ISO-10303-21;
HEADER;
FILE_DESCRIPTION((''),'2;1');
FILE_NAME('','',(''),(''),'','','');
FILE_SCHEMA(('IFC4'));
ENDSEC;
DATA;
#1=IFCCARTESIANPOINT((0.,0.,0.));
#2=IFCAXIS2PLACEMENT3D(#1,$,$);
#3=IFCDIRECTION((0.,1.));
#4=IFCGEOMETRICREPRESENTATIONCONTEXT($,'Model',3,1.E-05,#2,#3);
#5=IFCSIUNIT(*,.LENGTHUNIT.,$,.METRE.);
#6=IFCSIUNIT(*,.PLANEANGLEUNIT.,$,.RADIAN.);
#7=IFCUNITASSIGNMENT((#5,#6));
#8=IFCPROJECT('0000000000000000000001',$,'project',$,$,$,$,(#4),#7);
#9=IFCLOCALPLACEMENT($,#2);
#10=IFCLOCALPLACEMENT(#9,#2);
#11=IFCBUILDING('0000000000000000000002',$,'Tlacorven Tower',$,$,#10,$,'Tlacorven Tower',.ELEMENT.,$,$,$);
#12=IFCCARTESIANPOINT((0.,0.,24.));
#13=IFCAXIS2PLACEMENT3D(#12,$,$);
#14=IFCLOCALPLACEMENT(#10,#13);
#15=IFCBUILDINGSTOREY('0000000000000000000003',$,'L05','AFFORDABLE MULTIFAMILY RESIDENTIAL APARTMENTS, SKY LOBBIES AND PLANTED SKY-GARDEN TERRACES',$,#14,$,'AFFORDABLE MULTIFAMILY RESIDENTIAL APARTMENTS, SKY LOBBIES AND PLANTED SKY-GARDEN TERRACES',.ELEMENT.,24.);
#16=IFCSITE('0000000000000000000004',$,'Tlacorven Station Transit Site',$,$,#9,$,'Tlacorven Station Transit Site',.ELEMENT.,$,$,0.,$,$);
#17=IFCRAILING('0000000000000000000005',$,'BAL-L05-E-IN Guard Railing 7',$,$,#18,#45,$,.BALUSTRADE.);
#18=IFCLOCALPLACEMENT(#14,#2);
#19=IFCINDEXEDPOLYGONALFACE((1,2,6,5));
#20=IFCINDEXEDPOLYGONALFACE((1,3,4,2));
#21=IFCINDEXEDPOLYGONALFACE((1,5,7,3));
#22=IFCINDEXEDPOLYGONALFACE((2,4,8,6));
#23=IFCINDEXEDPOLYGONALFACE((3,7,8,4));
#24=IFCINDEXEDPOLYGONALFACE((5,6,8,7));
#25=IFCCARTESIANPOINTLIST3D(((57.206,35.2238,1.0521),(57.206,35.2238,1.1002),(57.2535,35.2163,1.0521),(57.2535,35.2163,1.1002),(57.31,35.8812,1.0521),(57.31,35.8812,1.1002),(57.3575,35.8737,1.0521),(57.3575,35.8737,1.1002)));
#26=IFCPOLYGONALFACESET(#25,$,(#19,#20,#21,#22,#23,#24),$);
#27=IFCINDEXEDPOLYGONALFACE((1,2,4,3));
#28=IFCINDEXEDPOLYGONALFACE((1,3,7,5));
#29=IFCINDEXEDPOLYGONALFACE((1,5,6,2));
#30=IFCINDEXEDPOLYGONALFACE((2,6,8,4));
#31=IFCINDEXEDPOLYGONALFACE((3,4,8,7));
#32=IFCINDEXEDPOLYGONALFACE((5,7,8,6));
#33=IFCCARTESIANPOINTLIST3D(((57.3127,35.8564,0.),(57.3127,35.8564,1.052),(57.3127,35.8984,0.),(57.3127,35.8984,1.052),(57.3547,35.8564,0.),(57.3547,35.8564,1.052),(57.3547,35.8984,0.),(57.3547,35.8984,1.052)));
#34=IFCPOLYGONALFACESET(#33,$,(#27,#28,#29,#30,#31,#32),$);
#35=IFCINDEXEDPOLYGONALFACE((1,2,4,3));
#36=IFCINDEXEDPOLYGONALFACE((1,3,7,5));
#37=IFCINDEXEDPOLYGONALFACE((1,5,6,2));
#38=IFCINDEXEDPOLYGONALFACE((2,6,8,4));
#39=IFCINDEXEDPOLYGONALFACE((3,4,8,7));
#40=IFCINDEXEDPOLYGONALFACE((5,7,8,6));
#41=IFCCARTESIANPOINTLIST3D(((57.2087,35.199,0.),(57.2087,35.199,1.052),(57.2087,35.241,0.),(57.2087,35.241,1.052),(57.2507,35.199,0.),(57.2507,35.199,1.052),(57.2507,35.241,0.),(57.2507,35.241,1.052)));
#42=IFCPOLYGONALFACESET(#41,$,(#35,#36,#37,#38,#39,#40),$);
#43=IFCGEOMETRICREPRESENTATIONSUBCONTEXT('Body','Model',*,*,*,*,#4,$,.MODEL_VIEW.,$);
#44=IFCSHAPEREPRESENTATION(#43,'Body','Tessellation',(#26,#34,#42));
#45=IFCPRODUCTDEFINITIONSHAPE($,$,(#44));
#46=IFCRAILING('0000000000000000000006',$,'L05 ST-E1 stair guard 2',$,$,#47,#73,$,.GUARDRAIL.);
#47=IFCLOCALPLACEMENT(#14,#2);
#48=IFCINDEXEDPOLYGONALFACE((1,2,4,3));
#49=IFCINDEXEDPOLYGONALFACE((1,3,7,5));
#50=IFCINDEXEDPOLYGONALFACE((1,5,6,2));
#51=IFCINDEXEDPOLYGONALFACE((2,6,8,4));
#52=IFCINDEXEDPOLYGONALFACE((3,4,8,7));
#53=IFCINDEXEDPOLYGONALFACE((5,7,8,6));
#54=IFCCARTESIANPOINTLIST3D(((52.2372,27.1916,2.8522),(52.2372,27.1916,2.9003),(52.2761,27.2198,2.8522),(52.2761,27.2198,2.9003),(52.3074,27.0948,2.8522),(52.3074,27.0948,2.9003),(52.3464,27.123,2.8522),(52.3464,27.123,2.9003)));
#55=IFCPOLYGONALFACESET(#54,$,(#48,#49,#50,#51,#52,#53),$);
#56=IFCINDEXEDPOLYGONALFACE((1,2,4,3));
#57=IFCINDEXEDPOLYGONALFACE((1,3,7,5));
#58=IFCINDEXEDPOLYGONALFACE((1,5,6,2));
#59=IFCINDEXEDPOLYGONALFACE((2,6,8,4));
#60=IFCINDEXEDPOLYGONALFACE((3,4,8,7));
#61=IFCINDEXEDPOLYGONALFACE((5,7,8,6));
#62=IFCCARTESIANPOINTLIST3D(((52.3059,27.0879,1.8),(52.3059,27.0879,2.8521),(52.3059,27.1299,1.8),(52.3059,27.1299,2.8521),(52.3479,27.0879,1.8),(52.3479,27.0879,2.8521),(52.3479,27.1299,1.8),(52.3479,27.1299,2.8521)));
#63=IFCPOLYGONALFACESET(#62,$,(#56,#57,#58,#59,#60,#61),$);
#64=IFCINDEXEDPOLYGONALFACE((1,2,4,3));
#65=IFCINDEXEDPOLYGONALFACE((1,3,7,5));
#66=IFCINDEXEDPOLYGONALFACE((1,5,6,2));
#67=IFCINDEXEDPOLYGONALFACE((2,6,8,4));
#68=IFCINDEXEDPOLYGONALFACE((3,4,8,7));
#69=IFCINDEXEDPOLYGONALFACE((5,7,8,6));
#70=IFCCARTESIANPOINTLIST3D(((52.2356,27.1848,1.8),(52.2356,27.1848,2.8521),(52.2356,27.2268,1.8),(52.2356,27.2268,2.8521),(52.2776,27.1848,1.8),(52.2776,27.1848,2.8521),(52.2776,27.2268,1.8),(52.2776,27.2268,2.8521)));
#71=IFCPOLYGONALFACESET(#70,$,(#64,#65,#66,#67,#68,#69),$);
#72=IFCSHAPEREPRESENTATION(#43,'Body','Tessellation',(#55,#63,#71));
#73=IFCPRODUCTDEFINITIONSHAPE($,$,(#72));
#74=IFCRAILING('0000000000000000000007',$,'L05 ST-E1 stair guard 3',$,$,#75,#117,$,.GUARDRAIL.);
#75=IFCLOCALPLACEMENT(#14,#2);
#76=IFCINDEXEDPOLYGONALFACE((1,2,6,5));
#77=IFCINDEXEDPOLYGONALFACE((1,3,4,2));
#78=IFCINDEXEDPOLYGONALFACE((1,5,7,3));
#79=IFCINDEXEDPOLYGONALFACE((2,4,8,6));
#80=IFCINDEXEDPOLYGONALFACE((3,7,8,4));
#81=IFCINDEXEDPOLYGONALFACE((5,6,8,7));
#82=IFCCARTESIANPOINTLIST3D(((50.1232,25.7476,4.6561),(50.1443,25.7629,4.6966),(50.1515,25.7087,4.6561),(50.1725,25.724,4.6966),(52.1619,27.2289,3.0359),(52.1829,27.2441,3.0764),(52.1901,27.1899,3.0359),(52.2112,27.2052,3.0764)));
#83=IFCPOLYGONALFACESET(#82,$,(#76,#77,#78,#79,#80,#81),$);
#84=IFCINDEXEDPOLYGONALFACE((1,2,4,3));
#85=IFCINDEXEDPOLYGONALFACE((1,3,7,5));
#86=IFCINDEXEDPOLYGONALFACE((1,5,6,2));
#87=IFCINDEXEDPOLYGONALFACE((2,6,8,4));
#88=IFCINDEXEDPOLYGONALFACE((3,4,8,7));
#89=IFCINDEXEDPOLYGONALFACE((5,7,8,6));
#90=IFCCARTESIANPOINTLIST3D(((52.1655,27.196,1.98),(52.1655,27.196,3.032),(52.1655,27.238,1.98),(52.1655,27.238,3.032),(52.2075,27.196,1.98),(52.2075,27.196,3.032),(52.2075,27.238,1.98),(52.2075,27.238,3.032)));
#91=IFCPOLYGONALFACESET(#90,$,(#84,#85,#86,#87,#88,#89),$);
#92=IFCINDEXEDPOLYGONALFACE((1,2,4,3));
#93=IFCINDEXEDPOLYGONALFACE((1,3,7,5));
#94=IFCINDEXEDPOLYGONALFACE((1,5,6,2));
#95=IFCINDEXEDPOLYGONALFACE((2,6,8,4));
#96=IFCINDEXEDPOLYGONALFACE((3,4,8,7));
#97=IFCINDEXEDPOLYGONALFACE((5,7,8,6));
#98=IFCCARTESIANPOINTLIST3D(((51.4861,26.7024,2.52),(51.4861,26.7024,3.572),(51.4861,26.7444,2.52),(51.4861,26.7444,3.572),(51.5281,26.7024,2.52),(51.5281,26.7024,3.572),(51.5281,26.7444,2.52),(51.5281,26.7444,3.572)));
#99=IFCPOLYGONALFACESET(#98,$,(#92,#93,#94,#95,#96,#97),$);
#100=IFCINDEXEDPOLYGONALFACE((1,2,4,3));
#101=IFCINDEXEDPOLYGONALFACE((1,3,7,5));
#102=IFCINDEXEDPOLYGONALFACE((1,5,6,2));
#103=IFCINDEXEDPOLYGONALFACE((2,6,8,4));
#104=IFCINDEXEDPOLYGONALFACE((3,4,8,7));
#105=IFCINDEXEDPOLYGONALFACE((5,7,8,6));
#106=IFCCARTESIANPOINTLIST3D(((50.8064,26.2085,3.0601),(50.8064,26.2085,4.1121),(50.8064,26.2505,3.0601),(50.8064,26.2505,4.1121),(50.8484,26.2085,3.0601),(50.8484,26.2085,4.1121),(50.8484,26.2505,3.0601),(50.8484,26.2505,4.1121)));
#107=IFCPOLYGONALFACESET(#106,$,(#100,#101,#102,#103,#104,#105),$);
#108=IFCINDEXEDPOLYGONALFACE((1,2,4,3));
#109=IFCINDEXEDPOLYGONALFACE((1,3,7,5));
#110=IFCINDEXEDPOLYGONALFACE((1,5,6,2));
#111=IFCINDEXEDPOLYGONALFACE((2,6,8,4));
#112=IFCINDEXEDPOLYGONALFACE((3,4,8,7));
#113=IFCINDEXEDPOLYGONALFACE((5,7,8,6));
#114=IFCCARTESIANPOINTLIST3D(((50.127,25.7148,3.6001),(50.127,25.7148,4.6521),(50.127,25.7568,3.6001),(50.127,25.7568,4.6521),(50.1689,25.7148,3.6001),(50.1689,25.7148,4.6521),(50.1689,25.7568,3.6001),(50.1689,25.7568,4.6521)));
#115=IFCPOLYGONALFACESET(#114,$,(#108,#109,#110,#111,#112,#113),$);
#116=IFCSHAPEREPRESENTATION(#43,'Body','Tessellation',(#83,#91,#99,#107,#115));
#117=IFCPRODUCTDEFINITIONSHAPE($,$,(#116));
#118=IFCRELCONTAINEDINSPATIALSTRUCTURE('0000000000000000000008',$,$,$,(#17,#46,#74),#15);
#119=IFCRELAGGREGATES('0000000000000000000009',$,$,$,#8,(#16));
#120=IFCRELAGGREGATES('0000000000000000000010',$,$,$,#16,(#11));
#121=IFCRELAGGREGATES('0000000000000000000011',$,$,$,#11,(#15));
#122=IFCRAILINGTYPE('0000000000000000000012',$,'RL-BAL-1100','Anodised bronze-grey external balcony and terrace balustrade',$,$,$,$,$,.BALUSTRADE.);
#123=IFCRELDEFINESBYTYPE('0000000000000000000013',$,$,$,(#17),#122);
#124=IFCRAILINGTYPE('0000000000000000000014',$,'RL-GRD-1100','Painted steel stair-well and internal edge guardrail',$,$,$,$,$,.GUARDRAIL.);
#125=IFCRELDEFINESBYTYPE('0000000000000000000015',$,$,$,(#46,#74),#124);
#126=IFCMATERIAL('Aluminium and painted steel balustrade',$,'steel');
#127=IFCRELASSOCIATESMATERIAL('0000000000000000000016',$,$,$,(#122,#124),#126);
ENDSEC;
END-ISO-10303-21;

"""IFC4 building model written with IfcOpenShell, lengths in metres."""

from ifc_helpers import new_model, si_unit, direction, frame, origin, origin_2d, place, context, subcontext, project, spatial, rectangle, extrude, source, transform, mapped, material, type_object, element, save


model = new_model("IFC4")

# Units and contexts
model_context = context("Model", 3, precision=1e-05, world=origin(), true_north=direction((0.0, 1.0)))
body_context = subcontext(model_context, "Body", "Model", "MODEL_VIEW")
ifc_project = project(units=[si_unit("LENGTHUNIT", "METRE"), si_unit("PLANEANGLEUNIT", "RADIAN")], contexts=[model_context])

# Site, building, storey
site_placement = place(None, origin())
site = spatial("IfcSite", under=ifc_project, at=site_placement, Name="Tlacorven Station Transit Site", LongName="Tlacorven Station Transit Site", CompositionType="ELEMENT", RefElevation=0.0)
building_placement = place(site_placement, origin())
building = spatial("IfcBuilding", under=site, at=building_placement, Name="Tlacorven Tower", LongName="Tlacorven Tower", CompositionType="ELEMENT")
storey_placement = place(building_placement, frame((0.0, 0.0, 24.0)))
storey = spatial("IfcBuildingStorey", under=building, at=storey_placement, Name="L05", Description="AFFORDABLE MULTIFAMILY RESIDENTIAL APARTMENTS, SKY LOBBIES AND PLANTED SKY-GARDEN TERRACES", LongName="AFFORDABLE MULTIFAMILY RESIDENTIAL APARTMENTS, SKY LOBBIES AND PLANTED SKY-GARDEN TERRACES", CompositionType="ELEMENT", Elevation=24.0)

# Railings
ifc_material_1 = material(Name="Aluminium and painted steel balustrade", Category="steel")
railing_type_1 = type_object("IfcRailingType", Name="RL-BAL-1100", Description="Anodised bronze-grey external balcony and terrace balustrade", PredefinedType="BALUSTRADE", material=ifc_material_1)
shared_shape_1 = source(origin(), body_context, "Body", "SweptSolid", [
    extrude(rectangle(XDim=0.0481, YDim=0.0481, at=origin_2d()), frame((0.0, 0.0, 1.0762), z_axis=(-0.156245, -0.987718, 0.0), x_axis=(0.987718, -0.156245, 0.0)), (0.0, 0.0, 1.0), 0.6655),
    extrude(rectangle(XDim=0.042, YDim=0.042, at=origin_2d()), origin(), (0.0, 0.0, 1.0), 1.052),
    extrude(rectangle(XDim=0.042, YDim=0.042, at=origin_2d()), frame((-0.104, -0.6575, 0.0)), (0.0, 0.0, 1.0), 1.052),
])
railing_1_placement = place(storey_placement, frame((57.3337, 35.8774, 0.0)))
element("IfcRailing", 1, at=railing_1_placement, inside=storey, type_object=railing_type_1, Name="BAL-L05-E-IN Guard Railing 7", PredefinedType="BALUSTRADE", context=body_context, shape_type="MappedRepresentation", body=[
    mapped(shared_shape_1, transform((0.0, 0.0, 0.0), scale=1.0)),
])
railing_type_2 = type_object("IfcRailingType", Name="RL-GRD-1100", Description="Painted steel stair-well and internal edge guardrail", PredefinedType="GUARDRAIL", material=ifc_material_1)
shared_shape_2 = source(origin(), body_context, "Body", "SweptSolid", [
    extrude(rectangle(XDim=0.0481, YDim=0.0481, at=origin_2d()), frame((0.0, 0.0, 1.0762), z_axis=(-0.587201, 0.809441, 0.0), x_axis=(-0.809441, -0.587201, 0.0)), (0.0, 0.0, 1.0), 0.1196),
    extrude(rectangle(XDim=0.042, YDim=0.042, at=origin_2d()), origin(), (0.0, 0.0, 1.0), 1.052),
    extrude(rectangle(XDim=0.042, YDim=0.042, at=origin_2d()), frame((-0.0703, 0.0969, 0.0)), (0.0, 0.0, 1.0), 1.052),
])
railing_2_placement = place(storey_placement, frame((52.3269, 27.1089, 1.8)))
element("IfcRailing", 2, at=railing_2_placement, inside=storey, type_object=railing_type_2, Name="L05 ST-E1 stair guard 2", PredefinedType="GUARDRAIL", context=body_context, shape_type="MappedRepresentation", body=[
    mapped(shared_shape_2, transform((0.0, 0.0, 0.0), scale=1.0)),
])
shared_shape_3 = source(origin(), body_context, "Body", "SweptSolid", [
    extrude(rectangle(XDim=0.0481, YDim=0.0481, at=origin_2d()), frame((0.0, 0.0, 1.0762), z_axis=(-0.680489, -0.494434, 0.540805), x_axis=(0.587809, -0.809, 0.0)), (0.0, 0.0, 1.0), 2.9958),
    extrude(rectangle(XDim=0.042, YDim=0.042, at=origin_2d()), origin(), (0.0, 0.0, 1.0), 1.052),
    extrude(rectangle(XDim=0.042, YDim=0.042, at=origin_2d()), frame((-0.6794, -0.4937, 0.54)), (0.0, 0.0, 1.0), 1.052),
    extrude(rectangle(XDim=0.042, YDim=0.042, at=origin_2d()), frame((-1.3591, -0.9875, 1.0801)), (0.0, 0.0, 1.0), 1.052),
    extrude(rectangle(XDim=0.042, YDim=0.042, at=origin_2d()), frame((-2.0386, -1.4812, 1.6201)), (0.0, 0.0, 1.0), 1.052),
])
railing_3_placement = place(storey_placement, frame((52.1865, 27.217, 1.98)))
element("IfcRailing", 3, at=railing_3_placement, inside=storey, type_object=railing_type_2, Name="L05 ST-E1 stair guard 3", PredefinedType="GUARDRAIL", context=body_context, shape_type="MappedRepresentation", body=[
    mapped(shared_shape_3, transform((0.0, 0.0, 0.0), scale=1.0)),
])

save(model, "model.ifc")
